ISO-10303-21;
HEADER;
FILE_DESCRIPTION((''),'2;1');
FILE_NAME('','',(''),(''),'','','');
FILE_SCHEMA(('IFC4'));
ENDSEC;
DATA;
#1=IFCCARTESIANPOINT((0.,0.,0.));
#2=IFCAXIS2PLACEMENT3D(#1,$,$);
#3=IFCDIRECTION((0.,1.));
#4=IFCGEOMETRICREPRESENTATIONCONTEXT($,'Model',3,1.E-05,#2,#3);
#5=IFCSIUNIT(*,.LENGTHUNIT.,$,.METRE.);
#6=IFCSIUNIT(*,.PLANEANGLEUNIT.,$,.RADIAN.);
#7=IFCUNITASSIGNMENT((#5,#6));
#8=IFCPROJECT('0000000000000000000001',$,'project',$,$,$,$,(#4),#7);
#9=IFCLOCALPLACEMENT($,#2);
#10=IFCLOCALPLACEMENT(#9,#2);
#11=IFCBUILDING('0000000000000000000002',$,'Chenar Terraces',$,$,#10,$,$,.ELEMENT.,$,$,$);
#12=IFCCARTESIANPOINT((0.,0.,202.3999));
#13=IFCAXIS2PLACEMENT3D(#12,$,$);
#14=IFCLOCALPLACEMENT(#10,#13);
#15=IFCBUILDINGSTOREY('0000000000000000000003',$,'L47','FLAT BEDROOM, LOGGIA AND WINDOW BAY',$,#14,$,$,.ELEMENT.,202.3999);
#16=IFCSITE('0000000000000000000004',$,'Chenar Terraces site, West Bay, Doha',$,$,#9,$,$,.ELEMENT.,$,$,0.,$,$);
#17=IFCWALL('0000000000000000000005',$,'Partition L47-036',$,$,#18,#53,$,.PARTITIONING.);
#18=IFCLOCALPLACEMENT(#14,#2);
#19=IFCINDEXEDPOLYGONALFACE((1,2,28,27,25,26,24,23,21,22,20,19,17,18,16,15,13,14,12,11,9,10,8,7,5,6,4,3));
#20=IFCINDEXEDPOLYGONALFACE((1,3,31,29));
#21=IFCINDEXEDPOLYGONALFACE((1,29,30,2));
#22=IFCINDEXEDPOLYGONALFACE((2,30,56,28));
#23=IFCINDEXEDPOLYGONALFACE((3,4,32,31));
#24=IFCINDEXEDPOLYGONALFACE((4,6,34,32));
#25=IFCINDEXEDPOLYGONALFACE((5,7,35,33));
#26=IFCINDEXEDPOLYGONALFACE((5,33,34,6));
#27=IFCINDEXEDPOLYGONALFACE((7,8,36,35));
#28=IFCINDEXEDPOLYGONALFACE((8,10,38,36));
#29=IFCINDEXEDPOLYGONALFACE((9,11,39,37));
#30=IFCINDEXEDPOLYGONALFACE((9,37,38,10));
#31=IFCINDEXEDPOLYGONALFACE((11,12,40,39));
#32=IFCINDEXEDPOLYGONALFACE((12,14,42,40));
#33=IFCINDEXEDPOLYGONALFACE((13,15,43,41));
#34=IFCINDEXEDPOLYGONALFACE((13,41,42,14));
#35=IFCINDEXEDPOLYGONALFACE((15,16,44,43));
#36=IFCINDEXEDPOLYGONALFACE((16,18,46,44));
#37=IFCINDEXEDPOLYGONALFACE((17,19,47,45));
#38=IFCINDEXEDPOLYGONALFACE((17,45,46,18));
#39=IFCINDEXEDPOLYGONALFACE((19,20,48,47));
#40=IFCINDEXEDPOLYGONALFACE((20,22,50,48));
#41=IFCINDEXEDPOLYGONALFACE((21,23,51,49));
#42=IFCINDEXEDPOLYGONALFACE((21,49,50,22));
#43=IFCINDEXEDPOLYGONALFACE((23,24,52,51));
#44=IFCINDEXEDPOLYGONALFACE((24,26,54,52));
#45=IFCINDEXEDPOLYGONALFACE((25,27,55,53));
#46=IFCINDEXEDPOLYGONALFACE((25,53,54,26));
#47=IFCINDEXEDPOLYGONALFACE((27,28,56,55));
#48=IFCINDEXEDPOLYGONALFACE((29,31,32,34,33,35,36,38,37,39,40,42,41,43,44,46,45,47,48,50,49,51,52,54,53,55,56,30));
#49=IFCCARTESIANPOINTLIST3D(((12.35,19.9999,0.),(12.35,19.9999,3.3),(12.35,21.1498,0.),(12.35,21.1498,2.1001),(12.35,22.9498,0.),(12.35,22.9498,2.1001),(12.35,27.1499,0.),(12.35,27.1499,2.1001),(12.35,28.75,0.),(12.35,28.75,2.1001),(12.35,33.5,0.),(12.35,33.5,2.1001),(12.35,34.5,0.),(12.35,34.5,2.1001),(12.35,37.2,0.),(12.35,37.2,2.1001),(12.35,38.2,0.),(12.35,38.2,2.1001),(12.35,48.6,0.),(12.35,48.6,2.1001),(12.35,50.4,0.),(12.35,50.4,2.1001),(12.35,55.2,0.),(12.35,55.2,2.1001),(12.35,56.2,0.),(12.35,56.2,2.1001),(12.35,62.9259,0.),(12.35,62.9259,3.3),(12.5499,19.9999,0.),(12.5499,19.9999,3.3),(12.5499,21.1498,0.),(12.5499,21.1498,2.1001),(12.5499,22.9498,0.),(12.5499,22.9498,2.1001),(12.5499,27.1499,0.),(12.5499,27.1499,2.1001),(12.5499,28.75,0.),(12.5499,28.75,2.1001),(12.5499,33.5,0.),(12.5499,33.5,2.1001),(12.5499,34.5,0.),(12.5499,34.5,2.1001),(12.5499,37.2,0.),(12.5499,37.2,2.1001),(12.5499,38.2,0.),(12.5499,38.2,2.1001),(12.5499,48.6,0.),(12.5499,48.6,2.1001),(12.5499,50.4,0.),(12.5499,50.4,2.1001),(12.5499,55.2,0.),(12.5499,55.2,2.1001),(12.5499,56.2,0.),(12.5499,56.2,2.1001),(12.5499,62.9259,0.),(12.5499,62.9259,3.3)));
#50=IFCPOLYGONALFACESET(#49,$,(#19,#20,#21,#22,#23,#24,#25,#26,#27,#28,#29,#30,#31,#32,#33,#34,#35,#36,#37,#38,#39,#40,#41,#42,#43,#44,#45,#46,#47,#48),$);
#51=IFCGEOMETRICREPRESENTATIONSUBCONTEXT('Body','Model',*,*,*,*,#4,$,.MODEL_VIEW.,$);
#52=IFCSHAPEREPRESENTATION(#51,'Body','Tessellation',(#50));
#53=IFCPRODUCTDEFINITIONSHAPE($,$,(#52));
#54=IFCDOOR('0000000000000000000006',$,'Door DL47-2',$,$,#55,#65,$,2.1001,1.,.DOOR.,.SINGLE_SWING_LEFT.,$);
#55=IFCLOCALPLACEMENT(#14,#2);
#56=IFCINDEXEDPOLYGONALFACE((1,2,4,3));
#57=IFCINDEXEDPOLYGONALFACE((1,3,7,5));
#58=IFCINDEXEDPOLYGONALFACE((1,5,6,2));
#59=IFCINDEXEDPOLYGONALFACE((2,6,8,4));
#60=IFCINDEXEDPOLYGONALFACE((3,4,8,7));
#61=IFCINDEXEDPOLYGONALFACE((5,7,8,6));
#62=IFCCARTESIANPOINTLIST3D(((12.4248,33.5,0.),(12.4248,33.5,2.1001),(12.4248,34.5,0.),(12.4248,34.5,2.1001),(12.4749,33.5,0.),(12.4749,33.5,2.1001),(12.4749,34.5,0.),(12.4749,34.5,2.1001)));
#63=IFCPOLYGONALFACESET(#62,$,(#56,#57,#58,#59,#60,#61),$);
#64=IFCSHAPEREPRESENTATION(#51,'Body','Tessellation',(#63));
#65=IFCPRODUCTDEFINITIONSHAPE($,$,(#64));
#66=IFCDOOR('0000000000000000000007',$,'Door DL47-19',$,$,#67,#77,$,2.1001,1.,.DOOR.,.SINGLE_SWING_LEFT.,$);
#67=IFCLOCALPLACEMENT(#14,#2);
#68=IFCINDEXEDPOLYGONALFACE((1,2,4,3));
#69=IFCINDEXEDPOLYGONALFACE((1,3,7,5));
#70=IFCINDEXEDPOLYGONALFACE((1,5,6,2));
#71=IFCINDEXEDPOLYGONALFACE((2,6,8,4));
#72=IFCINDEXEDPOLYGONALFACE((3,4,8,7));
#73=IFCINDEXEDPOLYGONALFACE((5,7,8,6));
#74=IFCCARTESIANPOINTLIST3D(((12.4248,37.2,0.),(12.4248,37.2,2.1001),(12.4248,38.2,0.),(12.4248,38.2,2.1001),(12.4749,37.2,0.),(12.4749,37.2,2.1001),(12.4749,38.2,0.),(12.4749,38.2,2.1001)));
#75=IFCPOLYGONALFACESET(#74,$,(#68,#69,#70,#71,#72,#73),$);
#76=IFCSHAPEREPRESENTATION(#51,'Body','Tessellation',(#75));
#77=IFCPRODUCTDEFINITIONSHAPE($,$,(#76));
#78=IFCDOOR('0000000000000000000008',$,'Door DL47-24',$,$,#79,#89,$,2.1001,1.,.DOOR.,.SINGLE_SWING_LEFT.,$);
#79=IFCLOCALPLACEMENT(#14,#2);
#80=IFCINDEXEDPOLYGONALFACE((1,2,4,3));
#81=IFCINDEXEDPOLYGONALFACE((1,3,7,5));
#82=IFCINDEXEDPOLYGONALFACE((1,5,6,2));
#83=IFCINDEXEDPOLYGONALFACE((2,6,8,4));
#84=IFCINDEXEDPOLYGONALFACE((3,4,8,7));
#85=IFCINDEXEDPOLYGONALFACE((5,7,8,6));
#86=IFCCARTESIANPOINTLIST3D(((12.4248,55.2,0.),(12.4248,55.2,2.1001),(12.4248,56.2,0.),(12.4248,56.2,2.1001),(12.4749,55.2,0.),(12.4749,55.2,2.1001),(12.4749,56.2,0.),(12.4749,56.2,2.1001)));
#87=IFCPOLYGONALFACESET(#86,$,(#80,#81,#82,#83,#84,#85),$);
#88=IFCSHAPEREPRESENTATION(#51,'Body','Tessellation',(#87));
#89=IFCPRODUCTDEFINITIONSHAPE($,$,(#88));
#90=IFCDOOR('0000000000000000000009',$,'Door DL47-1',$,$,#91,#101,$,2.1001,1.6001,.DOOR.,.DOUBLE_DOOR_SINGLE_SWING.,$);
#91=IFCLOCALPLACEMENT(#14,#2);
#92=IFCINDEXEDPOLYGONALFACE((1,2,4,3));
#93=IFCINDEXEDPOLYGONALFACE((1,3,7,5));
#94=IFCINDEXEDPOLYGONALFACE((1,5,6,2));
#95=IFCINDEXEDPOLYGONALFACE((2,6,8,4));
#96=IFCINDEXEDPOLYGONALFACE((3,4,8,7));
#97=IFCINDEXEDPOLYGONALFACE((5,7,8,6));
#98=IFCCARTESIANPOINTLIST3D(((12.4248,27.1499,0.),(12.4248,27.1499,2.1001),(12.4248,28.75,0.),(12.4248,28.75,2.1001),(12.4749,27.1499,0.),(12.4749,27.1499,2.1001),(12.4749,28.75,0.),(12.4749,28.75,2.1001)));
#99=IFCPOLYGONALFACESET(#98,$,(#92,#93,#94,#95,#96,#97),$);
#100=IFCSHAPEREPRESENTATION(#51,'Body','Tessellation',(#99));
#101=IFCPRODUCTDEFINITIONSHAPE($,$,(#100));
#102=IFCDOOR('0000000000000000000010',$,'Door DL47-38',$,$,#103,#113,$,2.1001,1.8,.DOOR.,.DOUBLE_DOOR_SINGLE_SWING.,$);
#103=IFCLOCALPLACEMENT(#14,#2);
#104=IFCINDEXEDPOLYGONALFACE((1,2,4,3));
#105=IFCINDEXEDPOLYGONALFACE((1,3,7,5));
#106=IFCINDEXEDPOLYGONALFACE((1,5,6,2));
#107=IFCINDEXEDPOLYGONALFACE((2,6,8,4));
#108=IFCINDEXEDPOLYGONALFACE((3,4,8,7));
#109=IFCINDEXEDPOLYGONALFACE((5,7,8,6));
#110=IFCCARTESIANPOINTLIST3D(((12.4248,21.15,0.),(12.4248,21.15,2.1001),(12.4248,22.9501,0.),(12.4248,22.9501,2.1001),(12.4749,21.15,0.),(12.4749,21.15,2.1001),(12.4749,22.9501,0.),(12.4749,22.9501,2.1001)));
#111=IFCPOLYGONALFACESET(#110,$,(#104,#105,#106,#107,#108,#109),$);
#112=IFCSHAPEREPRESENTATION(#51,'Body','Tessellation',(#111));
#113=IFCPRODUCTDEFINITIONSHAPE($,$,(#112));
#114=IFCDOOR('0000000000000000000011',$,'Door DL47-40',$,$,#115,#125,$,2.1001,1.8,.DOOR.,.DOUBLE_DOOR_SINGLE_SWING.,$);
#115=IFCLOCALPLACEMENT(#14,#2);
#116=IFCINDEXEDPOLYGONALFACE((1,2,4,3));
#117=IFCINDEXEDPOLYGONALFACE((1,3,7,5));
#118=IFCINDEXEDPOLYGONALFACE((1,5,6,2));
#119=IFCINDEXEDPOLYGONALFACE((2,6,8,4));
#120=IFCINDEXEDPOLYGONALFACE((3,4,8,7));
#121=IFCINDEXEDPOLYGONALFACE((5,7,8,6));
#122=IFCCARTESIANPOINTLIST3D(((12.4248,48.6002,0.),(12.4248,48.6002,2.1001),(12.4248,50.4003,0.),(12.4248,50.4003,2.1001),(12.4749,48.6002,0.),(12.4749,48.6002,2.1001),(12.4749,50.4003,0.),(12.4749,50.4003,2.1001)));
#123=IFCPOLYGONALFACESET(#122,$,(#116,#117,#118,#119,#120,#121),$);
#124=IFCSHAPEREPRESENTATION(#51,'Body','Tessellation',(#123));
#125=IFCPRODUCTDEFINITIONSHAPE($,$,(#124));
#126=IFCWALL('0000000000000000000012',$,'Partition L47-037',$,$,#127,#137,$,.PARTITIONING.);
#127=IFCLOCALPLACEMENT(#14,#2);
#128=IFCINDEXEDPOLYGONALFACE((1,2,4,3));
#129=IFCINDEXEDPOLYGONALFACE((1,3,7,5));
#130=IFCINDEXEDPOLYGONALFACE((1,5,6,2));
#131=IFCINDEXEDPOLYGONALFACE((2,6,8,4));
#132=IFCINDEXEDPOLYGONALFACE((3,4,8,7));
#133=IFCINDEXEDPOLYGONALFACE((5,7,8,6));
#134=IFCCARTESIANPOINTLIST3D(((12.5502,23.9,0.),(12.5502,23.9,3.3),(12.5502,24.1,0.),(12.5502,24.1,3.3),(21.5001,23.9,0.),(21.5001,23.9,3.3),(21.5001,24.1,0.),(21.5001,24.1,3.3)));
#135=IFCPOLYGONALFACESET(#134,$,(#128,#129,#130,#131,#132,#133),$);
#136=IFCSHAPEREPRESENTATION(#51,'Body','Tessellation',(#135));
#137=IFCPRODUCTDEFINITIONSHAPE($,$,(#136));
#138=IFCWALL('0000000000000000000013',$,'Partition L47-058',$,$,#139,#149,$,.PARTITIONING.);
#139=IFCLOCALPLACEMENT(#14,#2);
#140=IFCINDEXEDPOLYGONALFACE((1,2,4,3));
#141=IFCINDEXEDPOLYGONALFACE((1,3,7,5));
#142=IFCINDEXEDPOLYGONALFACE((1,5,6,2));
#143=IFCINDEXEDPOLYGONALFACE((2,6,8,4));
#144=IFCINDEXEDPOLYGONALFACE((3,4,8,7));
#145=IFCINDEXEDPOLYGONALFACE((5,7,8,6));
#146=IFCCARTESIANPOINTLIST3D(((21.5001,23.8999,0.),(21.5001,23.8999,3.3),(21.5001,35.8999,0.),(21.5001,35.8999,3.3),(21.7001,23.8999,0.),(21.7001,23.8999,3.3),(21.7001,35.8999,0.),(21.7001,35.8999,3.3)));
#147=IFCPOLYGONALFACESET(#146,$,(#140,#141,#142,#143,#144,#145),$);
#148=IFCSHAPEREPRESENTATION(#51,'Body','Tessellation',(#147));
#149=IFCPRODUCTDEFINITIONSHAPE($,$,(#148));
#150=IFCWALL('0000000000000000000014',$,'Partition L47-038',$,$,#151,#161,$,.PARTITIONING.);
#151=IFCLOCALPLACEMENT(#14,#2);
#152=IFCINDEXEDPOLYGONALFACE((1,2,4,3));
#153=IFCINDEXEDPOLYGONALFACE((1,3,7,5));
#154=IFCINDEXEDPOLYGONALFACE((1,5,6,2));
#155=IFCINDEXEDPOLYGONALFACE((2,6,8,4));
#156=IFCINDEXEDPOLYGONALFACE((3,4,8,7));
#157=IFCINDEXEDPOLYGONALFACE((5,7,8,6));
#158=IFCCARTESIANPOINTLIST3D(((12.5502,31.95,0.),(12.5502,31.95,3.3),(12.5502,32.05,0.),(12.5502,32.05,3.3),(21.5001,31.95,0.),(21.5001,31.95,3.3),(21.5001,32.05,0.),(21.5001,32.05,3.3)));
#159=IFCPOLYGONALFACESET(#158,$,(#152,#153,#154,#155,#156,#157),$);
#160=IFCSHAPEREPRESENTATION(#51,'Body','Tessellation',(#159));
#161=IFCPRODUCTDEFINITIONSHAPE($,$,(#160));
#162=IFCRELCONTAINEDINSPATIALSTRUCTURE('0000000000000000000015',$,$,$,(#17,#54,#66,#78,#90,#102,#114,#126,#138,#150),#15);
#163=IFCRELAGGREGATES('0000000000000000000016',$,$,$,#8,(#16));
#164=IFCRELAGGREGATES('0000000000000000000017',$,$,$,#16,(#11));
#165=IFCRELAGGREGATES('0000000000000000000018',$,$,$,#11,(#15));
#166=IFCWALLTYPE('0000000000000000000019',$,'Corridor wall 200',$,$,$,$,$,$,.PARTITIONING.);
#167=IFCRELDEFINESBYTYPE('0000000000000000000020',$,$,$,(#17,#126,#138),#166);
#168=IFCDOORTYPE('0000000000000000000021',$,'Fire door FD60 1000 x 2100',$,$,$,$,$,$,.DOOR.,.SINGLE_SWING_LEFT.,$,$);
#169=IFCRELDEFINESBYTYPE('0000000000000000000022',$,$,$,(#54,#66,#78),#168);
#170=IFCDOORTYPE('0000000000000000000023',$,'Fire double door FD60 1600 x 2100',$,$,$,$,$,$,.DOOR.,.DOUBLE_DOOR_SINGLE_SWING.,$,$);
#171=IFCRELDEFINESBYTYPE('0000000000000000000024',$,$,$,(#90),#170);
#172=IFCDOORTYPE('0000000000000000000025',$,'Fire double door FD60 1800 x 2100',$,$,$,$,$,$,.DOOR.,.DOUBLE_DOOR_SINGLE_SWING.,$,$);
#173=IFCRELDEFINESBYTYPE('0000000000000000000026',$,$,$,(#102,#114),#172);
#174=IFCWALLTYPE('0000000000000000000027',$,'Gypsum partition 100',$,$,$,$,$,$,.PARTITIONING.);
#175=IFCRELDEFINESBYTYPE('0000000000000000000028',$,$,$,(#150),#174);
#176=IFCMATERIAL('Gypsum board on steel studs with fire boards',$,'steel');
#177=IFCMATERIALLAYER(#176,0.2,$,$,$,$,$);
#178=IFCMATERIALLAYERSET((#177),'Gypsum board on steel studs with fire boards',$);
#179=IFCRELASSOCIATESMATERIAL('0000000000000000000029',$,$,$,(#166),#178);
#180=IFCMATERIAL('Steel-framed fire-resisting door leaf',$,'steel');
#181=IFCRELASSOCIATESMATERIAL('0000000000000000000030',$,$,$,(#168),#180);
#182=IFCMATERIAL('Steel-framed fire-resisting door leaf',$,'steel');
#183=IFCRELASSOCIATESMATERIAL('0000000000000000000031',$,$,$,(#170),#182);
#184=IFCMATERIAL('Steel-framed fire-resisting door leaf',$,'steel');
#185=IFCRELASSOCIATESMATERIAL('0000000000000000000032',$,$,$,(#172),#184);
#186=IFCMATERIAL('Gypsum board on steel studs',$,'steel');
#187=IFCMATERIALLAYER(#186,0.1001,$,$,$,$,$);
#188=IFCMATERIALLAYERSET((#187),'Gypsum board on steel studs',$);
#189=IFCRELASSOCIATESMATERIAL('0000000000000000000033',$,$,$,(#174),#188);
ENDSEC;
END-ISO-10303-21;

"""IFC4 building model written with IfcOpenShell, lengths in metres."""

from ifc_helpers import new_model, si_unit, direction, frame, frame_2d, origin, place, context, subcontext, project, spatial, rectangle, extrude, material, layer, layer_set, type_object, element, fill, save


model = new_model("IFC4")

# Units and contexts
model_context = context("Model", 3, precision=1e-05, world=origin(), true_north=direction((0.0, 1.0)))
body_context = subcontext(model_context, "Body", "Model", "MODEL_VIEW")
ifc_project = project(units=[si_unit("LENGTHUNIT", "METRE"), si_unit("PLANEANGLEUNIT", "RADIAN")], contexts=[model_context])

# Site, building, storey
site_placement = place(None, origin())
site = spatial("IfcSite", under=ifc_project, at=site_placement, Name="Chenar Terraces site, West Bay, Doha", CompositionType="ELEMENT", RefElevation=0.0)
building_placement = place(site_placement, origin())
building = spatial("IfcBuilding", under=site, at=building_placement, Name="Chenar Terraces", CompositionType="ELEMENT")
storey_placement = place(building_placement, frame((0.0, 0.0, 202.3999)))
storey = spatial("IfcBuildingStorey", under=building, at=storey_placement, Name="L47", Description="FLAT BEDROOM, LOGGIA AND WINDOW BAY", CompositionType="ELEMENT", Elevation=202.3999)

# Wall, openings, doors
ifc_material_1 = material(Name="Gypsum board on steel studs with fire boards", Category="steel")
ifc_layer_1 = layer(ifc_material_1, 0.2)
ifc_layer_set_1 = layer_set([ifc_layer_1], Name="Gypsum board on steel studs with fire boards")
wall_type_1 = type_object("IfcWallType", Name="Corridor wall 200", PredefinedType="PARTITIONING", material=ifc_layer_set_1)
wall_1_placement = place(storey_placement, frame((12.45, 20.0, 0.0), z_axis=(0.0, 0.0, 1.0), x_axis=(0.0, 1.0, 0.0)))
wall_1 = element("IfcWall", 1, at=wall_1_placement, inside=storey, type_object=wall_type_1, Name="Partition L47-036", PredefinedType="PARTITIONING", context=body_context, shape_type="SweptSolid", body=[
    extrude(rectangle(XDim=42.926, YDim=0.2, at=frame_2d((21.4629, 0.0))), origin(), (0.0, 0.0, 1.0), 3.3),
])
opening_1_placement = place(wall_1_placement, frame((7.1499, 0.0, 0.0)))
opening_1 = element("IfcOpeningElement", 2, at=opening_1_placement, cuts=wall_1, PredefinedType="OPENING", context=body_context, shape_type="SweptSolid", body=[
    extrude(rectangle(XDim=1.6001, YDim=2.1001, at=frame_2d((0.8, 1.05))), frame((0.0, 0.1099, 0.0), z_axis=(0.0, -1.0, 0.0), x_axis=(1.0, 0.0, 0.0)), (0.0, 0.0, 1.0), 0.22),
])
opening_2_placement = place(wall_1_placement, frame((13.5, 0.0, 0.0)))
opening_2 = element("IfcOpeningElement", 3, at=opening_2_placement, cuts=wall_1, PredefinedType="OPENING", context=body_context, shape_type="SweptSolid", body=[
    extrude(rectangle(XDim=1.0, YDim=2.1001, at=frame_2d((0.5, 1.05))), frame((0.0, 0.1099, 0.0), z_axis=(0.0, -1.0, 0.0), x_axis=(1.0, 0.0, 0.0)), (0.0, 0.0, 1.0), 0.22),
])
opening_3_placement = place(wall_1_placement, frame((17.2, 0.0, 0.0)))
opening_3 = element("IfcOpeningElement", 4, at=opening_3_placement, cuts=wall_1, PredefinedType="OPENING", context=body_context, shape_type="SweptSolid", body=[
    extrude(rectangle(XDim=1.0, YDim=2.1001, at=frame_2d((0.5, 1.05))), frame((0.0, 0.1099, 0.0), z_axis=(0.0, -1.0, 0.0), x_axis=(1.0, 0.0, 0.0)), (0.0, 0.0, 1.0), 0.22),
])
opening_4_placement = place(wall_1_placement, frame((35.2, 0.0, 0.0)))
opening_4 = element("IfcOpeningElement", 5, at=opening_4_placement, cuts=wall_1, PredefinedType="OPENING", context=body_context, shape_type="SweptSolid", body=[
    extrude(rectangle(XDim=1.0, YDim=2.1001, at=frame_2d((0.5, 1.05))), frame((0.0, 0.1099, 0.0), z_axis=(0.0, -1.0, 0.0), x_axis=(1.0, 0.0, 0.0)), (0.0, 0.0, 1.0), 0.22),
])
opening_5_placement = place(wall_1_placement, frame((1.1499, 0.0, 0.0)))
opening_5 = element("IfcOpeningElement", 6, at=opening_5_placement, cuts=wall_1, PredefinedType="OPENING", context=body_context, shape_type="SweptSolid", body=[
    extrude(rectangle(XDim=1.8, YDim=2.1001, at=frame_2d((0.8999, 1.05))), frame((0.0, 0.1099, 0.0), z_axis=(0.0, -1.0, 0.0), x_axis=(1.0, 0.0, 0.0)), (0.0, 0.0, 1.0), 0.22),
])
opening_6_placement = place(wall_1_placement, frame((28.6001, 0.0, 0.0)))
opening_6 = element("IfcOpeningElement", 7, at=opening_6_placement, cuts=wall_1, PredefinedType="OPENING", context=body_context, shape_type="SweptSolid", body=[
    extrude(rectangle(XDim=1.8, YDim=2.1001, at=frame_2d((0.8999, 1.05))), frame((0.0, 0.1099, 0.0), z_axis=(0.0, -1.0, 0.0), x_axis=(1.0, 0.0, 0.0)), (0.0, 0.0, 1.0), 0.22),
])
ifc_material_2 = material(Name="Steel-framed fire-resisting door leaf", Category="steel")
door_type_1 = type_object("IfcDoorType", Name="Fire door FD60 1000 x 2100", OperationType="SINGLE_SWING_LEFT", PredefinedType="DOOR", material=ifc_material_2)
door_1_placement = place(opening_2_placement, frame((1.0, 0.0, 0.0), z_axis=(0.0, 0.0, 1.0), x_axis=(-1.0, 0.0, 0.0)))
door_1 = element("IfcDoor", 8, at=door_1_placement, inside=storey, type_object=door_type_1, Name="Door DL47-2", OperationType="SINGLE_SWING_LEFT", OverallHeight=2.1001, OverallWidth=1.0, PredefinedType="DOOR", context=body_context, shape_type="SweptSolid", body=[
    extrude(rectangle(XDim=1.0, YDim=2.1001, at=frame_2d((0.5, 1.05))), frame((0.0, 0.0249, 0.0), z_axis=(0.0, -1.0, 0.0), x_axis=(1.0, 0.0, 0.0)), (0.0, 0.0, 1.0), 0.05),
])
fill(opening_2, door_1)
door_2_placement = place(opening_3_placement, frame((1.0, 0.0, 0.0), z_axis=(0.0, 0.0, 1.0), x_axis=(-1.0, 0.0, 0.0)))
door_2 = element("IfcDoor", 9, at=door_2_placement, inside=storey, type_object=door_type_1, Name="Door DL47-19", OperationType="SINGLE_SWING_LEFT", OverallHeight=2.1001, OverallWidth=1.0, PredefinedType="DOOR", context=body_context, shape_type="SweptSolid", body=[
    extrude(rectangle(XDim=1.0, YDim=2.1001, at=frame_2d((0.5, 1.05))), frame((0.0, 0.0249, 0.0), z_axis=(0.0, -1.0, 0.0), x_axis=(1.0, 0.0, 0.0)), (0.0, 0.0, 1.0), 0.05),
])
fill(opening_3, door_2)
door_3_placement = place(opening_4_placement, frame((1.0, 0.0, 0.0), z_axis=(0.0, 0.0, 1.0), x_axis=(-1.0, 0.0, 0.0)))
door_3 = element("IfcDoor", 10, at=door_3_placement, inside=storey, type_object=door_type_1, Name="Door DL47-24", OperationType="SINGLE_SWING_LEFT", OverallHeight=2.1001, OverallWidth=1.0, PredefinedType="DOOR", context=body_context, shape_type="SweptSolid", body=[
    extrude(rectangle(XDim=1.0, YDim=2.1001, at=frame_2d((0.5, 1.05))), frame((0.0, 0.0249, 0.0), z_axis=(0.0, -1.0, 0.0), x_axis=(1.0, 0.0, 0.0)), (0.0, 0.0, 1.0), 0.05),
])
fill(opening_4, door_3)
ifc_material_3 = material(Name="Steel-framed fire-resisting door leaf", Category="steel")
door_type_2 = type_object("IfcDoorType", Name="Fire double door FD60 1600 x 2100", OperationType="DOUBLE_DOOR_SINGLE_SWING", PredefinedType="DOOR", material=ifc_material_3)
door_4_placement = place(opening_1_placement, frame((1.6001, 0.0, 0.0), z_axis=(0.0, 0.0, 1.0), x_axis=(-1.0, 0.0, 0.0)))
door_4 = element("IfcDoor", 11, at=door_4_placement, inside=storey, type_object=door_type_2, Name="Door DL47-1", OperationType="DOUBLE_DOOR_SINGLE_SWING", OverallHeight=2.1001, OverallWidth=1.6001, PredefinedType="DOOR", context=body_context, shape_type="SweptSolid", body=[
    extrude(rectangle(XDim=1.6001, YDim=2.1001, at=frame_2d((0.8, 1.05))), frame((0.0, 0.0249, 0.0), z_axis=(0.0, -1.0, 0.0), x_axis=(1.0, 0.0, 0.0)), (0.0, 0.0, 1.0), 0.05),
])
fill(opening_1, door_4)
ifc_material_4 = material(Name="Steel-framed fire-resisting door leaf", Category="steel")
door_type_3 = type_object("IfcDoorType", Name="Fire double door FD60 1800 x 2100", OperationType="DOUBLE_DOOR_SINGLE_SWING", PredefinedType="DOOR", material=ifc_material_4)
door_5_placement = place(opening_5_placement, frame((1.8, 0.0, 0.0), z_axis=(0.0, 0.0, 1.0), x_axis=(-1.0, 0.0, 0.0)))
door_5 = element("IfcDoor", 12, at=door_5_placement, inside=storey, type_object=door_type_3, Name="Door DL47-38", OperationType="DOUBLE_DOOR_SINGLE_SWING", OverallHeight=2.1001, OverallWidth=1.8, PredefinedType="DOOR", context=body_context, shape_type="SweptSolid", body=[
    extrude(rectangle(XDim=1.8, YDim=2.1001, at=frame_2d((0.8999, 1.05))), frame((0.0, 0.0249, 0.0), z_axis=(0.0, -1.0, 0.0), x_axis=(1.0, 0.0, 0.0)), (0.0, 0.0, 1.0), 0.05),
])
fill(opening_5, door_5)
door_6_placement = place(opening_6_placement, frame((1.8, 0.0, 0.0), z_axis=(0.0, 0.0, 1.0), x_axis=(-1.0, 0.0, 0.0)))
door_6 = element("IfcDoor", 13, at=door_6_placement, inside=storey, type_object=door_type_3, Name="Door DL47-40", OperationType="DOUBLE_DOOR_SINGLE_SWING", OverallHeight=2.1001, OverallWidth=1.8, PredefinedType="DOOR", context=body_context, shape_type="SweptSolid", body=[
    extrude(rectangle(XDim=1.8, YDim=2.1001, at=frame_2d((0.8999, 1.05))), frame((0.0, 0.0249, 0.0), z_axis=(0.0, -1.0, 0.0), x_axis=(1.0, 0.0, 0.0)), (0.0, 0.0, 1.0), 0.05),
])
fill(opening_6, door_6)

# Walls
wall_2_placement = place(storey_placement, frame((12.55, 24.0, 0.0), z_axis=(0.0, 0.0, 1.0), x_axis=(1.0, 0.0, 0.0)))
element("IfcWall", 14, at=wall_2_placement, inside=storey, type_object=wall_type_1, Name="Partition L47-037", PredefinedType="PARTITIONING", context=body_context, shape_type="SweptSolid", body=[
    extrude(rectangle(XDim=8.95, YDim=0.2, at=frame_2d((4.4751, 0.0))), origin(), (0.0, 0.0, 1.0), 3.3),
])
wall_3_placement = place(storey_placement, frame((21.6001, 23.8999, 0.0), z_axis=(0.0, 0.0, 1.0), x_axis=(0.0, 1.0, 0.0)))
element("IfcWall", 15, at=wall_3_placement, inside=storey, type_object=wall_type_1, Name="Partition L47-058", PredefinedType="PARTITIONING", context=body_context, shape_type="SweptSolid", body=[
    extrude(rectangle(XDim=12.0, YDim=0.2, at=frame_2d((6.0, 0.0))), origin(), (0.0, 0.0, 1.0), 3.3),
])
ifc_material_5 = material(Name="Gypsum board on steel studs", Category="steel")
ifc_layer_2 = layer(ifc_material_5, 0.1001)
ifc_layer_set_2 = layer_set([ifc_layer_2], Name="Gypsum board on steel studs")
wall_type_2 = type_object("IfcWallType", Name="Gypsum partition 100", PredefinedType="PARTITIONING", material=ifc_layer_set_2)
wall_4_placement = place(storey_placement, frame((12.55, 32.0, 0.0), z_axis=(0.0, 0.0, 1.0), x_axis=(1.0, 0.0, 0.0)))
element("IfcWall", 16, at=wall_4_placement, inside=storey, type_object=wall_type_2, Name="Partition L47-038", PredefinedType="PARTITIONING", context=body_context, shape_type="SweptSolid", body=[
    extrude(rectangle(XDim=8.95, YDim=0.1001, at=frame_2d((4.4751, 0.0))), origin(), (0.0, 0.0, 1.0), 3.3),
])

save(model, "model.ifc")
